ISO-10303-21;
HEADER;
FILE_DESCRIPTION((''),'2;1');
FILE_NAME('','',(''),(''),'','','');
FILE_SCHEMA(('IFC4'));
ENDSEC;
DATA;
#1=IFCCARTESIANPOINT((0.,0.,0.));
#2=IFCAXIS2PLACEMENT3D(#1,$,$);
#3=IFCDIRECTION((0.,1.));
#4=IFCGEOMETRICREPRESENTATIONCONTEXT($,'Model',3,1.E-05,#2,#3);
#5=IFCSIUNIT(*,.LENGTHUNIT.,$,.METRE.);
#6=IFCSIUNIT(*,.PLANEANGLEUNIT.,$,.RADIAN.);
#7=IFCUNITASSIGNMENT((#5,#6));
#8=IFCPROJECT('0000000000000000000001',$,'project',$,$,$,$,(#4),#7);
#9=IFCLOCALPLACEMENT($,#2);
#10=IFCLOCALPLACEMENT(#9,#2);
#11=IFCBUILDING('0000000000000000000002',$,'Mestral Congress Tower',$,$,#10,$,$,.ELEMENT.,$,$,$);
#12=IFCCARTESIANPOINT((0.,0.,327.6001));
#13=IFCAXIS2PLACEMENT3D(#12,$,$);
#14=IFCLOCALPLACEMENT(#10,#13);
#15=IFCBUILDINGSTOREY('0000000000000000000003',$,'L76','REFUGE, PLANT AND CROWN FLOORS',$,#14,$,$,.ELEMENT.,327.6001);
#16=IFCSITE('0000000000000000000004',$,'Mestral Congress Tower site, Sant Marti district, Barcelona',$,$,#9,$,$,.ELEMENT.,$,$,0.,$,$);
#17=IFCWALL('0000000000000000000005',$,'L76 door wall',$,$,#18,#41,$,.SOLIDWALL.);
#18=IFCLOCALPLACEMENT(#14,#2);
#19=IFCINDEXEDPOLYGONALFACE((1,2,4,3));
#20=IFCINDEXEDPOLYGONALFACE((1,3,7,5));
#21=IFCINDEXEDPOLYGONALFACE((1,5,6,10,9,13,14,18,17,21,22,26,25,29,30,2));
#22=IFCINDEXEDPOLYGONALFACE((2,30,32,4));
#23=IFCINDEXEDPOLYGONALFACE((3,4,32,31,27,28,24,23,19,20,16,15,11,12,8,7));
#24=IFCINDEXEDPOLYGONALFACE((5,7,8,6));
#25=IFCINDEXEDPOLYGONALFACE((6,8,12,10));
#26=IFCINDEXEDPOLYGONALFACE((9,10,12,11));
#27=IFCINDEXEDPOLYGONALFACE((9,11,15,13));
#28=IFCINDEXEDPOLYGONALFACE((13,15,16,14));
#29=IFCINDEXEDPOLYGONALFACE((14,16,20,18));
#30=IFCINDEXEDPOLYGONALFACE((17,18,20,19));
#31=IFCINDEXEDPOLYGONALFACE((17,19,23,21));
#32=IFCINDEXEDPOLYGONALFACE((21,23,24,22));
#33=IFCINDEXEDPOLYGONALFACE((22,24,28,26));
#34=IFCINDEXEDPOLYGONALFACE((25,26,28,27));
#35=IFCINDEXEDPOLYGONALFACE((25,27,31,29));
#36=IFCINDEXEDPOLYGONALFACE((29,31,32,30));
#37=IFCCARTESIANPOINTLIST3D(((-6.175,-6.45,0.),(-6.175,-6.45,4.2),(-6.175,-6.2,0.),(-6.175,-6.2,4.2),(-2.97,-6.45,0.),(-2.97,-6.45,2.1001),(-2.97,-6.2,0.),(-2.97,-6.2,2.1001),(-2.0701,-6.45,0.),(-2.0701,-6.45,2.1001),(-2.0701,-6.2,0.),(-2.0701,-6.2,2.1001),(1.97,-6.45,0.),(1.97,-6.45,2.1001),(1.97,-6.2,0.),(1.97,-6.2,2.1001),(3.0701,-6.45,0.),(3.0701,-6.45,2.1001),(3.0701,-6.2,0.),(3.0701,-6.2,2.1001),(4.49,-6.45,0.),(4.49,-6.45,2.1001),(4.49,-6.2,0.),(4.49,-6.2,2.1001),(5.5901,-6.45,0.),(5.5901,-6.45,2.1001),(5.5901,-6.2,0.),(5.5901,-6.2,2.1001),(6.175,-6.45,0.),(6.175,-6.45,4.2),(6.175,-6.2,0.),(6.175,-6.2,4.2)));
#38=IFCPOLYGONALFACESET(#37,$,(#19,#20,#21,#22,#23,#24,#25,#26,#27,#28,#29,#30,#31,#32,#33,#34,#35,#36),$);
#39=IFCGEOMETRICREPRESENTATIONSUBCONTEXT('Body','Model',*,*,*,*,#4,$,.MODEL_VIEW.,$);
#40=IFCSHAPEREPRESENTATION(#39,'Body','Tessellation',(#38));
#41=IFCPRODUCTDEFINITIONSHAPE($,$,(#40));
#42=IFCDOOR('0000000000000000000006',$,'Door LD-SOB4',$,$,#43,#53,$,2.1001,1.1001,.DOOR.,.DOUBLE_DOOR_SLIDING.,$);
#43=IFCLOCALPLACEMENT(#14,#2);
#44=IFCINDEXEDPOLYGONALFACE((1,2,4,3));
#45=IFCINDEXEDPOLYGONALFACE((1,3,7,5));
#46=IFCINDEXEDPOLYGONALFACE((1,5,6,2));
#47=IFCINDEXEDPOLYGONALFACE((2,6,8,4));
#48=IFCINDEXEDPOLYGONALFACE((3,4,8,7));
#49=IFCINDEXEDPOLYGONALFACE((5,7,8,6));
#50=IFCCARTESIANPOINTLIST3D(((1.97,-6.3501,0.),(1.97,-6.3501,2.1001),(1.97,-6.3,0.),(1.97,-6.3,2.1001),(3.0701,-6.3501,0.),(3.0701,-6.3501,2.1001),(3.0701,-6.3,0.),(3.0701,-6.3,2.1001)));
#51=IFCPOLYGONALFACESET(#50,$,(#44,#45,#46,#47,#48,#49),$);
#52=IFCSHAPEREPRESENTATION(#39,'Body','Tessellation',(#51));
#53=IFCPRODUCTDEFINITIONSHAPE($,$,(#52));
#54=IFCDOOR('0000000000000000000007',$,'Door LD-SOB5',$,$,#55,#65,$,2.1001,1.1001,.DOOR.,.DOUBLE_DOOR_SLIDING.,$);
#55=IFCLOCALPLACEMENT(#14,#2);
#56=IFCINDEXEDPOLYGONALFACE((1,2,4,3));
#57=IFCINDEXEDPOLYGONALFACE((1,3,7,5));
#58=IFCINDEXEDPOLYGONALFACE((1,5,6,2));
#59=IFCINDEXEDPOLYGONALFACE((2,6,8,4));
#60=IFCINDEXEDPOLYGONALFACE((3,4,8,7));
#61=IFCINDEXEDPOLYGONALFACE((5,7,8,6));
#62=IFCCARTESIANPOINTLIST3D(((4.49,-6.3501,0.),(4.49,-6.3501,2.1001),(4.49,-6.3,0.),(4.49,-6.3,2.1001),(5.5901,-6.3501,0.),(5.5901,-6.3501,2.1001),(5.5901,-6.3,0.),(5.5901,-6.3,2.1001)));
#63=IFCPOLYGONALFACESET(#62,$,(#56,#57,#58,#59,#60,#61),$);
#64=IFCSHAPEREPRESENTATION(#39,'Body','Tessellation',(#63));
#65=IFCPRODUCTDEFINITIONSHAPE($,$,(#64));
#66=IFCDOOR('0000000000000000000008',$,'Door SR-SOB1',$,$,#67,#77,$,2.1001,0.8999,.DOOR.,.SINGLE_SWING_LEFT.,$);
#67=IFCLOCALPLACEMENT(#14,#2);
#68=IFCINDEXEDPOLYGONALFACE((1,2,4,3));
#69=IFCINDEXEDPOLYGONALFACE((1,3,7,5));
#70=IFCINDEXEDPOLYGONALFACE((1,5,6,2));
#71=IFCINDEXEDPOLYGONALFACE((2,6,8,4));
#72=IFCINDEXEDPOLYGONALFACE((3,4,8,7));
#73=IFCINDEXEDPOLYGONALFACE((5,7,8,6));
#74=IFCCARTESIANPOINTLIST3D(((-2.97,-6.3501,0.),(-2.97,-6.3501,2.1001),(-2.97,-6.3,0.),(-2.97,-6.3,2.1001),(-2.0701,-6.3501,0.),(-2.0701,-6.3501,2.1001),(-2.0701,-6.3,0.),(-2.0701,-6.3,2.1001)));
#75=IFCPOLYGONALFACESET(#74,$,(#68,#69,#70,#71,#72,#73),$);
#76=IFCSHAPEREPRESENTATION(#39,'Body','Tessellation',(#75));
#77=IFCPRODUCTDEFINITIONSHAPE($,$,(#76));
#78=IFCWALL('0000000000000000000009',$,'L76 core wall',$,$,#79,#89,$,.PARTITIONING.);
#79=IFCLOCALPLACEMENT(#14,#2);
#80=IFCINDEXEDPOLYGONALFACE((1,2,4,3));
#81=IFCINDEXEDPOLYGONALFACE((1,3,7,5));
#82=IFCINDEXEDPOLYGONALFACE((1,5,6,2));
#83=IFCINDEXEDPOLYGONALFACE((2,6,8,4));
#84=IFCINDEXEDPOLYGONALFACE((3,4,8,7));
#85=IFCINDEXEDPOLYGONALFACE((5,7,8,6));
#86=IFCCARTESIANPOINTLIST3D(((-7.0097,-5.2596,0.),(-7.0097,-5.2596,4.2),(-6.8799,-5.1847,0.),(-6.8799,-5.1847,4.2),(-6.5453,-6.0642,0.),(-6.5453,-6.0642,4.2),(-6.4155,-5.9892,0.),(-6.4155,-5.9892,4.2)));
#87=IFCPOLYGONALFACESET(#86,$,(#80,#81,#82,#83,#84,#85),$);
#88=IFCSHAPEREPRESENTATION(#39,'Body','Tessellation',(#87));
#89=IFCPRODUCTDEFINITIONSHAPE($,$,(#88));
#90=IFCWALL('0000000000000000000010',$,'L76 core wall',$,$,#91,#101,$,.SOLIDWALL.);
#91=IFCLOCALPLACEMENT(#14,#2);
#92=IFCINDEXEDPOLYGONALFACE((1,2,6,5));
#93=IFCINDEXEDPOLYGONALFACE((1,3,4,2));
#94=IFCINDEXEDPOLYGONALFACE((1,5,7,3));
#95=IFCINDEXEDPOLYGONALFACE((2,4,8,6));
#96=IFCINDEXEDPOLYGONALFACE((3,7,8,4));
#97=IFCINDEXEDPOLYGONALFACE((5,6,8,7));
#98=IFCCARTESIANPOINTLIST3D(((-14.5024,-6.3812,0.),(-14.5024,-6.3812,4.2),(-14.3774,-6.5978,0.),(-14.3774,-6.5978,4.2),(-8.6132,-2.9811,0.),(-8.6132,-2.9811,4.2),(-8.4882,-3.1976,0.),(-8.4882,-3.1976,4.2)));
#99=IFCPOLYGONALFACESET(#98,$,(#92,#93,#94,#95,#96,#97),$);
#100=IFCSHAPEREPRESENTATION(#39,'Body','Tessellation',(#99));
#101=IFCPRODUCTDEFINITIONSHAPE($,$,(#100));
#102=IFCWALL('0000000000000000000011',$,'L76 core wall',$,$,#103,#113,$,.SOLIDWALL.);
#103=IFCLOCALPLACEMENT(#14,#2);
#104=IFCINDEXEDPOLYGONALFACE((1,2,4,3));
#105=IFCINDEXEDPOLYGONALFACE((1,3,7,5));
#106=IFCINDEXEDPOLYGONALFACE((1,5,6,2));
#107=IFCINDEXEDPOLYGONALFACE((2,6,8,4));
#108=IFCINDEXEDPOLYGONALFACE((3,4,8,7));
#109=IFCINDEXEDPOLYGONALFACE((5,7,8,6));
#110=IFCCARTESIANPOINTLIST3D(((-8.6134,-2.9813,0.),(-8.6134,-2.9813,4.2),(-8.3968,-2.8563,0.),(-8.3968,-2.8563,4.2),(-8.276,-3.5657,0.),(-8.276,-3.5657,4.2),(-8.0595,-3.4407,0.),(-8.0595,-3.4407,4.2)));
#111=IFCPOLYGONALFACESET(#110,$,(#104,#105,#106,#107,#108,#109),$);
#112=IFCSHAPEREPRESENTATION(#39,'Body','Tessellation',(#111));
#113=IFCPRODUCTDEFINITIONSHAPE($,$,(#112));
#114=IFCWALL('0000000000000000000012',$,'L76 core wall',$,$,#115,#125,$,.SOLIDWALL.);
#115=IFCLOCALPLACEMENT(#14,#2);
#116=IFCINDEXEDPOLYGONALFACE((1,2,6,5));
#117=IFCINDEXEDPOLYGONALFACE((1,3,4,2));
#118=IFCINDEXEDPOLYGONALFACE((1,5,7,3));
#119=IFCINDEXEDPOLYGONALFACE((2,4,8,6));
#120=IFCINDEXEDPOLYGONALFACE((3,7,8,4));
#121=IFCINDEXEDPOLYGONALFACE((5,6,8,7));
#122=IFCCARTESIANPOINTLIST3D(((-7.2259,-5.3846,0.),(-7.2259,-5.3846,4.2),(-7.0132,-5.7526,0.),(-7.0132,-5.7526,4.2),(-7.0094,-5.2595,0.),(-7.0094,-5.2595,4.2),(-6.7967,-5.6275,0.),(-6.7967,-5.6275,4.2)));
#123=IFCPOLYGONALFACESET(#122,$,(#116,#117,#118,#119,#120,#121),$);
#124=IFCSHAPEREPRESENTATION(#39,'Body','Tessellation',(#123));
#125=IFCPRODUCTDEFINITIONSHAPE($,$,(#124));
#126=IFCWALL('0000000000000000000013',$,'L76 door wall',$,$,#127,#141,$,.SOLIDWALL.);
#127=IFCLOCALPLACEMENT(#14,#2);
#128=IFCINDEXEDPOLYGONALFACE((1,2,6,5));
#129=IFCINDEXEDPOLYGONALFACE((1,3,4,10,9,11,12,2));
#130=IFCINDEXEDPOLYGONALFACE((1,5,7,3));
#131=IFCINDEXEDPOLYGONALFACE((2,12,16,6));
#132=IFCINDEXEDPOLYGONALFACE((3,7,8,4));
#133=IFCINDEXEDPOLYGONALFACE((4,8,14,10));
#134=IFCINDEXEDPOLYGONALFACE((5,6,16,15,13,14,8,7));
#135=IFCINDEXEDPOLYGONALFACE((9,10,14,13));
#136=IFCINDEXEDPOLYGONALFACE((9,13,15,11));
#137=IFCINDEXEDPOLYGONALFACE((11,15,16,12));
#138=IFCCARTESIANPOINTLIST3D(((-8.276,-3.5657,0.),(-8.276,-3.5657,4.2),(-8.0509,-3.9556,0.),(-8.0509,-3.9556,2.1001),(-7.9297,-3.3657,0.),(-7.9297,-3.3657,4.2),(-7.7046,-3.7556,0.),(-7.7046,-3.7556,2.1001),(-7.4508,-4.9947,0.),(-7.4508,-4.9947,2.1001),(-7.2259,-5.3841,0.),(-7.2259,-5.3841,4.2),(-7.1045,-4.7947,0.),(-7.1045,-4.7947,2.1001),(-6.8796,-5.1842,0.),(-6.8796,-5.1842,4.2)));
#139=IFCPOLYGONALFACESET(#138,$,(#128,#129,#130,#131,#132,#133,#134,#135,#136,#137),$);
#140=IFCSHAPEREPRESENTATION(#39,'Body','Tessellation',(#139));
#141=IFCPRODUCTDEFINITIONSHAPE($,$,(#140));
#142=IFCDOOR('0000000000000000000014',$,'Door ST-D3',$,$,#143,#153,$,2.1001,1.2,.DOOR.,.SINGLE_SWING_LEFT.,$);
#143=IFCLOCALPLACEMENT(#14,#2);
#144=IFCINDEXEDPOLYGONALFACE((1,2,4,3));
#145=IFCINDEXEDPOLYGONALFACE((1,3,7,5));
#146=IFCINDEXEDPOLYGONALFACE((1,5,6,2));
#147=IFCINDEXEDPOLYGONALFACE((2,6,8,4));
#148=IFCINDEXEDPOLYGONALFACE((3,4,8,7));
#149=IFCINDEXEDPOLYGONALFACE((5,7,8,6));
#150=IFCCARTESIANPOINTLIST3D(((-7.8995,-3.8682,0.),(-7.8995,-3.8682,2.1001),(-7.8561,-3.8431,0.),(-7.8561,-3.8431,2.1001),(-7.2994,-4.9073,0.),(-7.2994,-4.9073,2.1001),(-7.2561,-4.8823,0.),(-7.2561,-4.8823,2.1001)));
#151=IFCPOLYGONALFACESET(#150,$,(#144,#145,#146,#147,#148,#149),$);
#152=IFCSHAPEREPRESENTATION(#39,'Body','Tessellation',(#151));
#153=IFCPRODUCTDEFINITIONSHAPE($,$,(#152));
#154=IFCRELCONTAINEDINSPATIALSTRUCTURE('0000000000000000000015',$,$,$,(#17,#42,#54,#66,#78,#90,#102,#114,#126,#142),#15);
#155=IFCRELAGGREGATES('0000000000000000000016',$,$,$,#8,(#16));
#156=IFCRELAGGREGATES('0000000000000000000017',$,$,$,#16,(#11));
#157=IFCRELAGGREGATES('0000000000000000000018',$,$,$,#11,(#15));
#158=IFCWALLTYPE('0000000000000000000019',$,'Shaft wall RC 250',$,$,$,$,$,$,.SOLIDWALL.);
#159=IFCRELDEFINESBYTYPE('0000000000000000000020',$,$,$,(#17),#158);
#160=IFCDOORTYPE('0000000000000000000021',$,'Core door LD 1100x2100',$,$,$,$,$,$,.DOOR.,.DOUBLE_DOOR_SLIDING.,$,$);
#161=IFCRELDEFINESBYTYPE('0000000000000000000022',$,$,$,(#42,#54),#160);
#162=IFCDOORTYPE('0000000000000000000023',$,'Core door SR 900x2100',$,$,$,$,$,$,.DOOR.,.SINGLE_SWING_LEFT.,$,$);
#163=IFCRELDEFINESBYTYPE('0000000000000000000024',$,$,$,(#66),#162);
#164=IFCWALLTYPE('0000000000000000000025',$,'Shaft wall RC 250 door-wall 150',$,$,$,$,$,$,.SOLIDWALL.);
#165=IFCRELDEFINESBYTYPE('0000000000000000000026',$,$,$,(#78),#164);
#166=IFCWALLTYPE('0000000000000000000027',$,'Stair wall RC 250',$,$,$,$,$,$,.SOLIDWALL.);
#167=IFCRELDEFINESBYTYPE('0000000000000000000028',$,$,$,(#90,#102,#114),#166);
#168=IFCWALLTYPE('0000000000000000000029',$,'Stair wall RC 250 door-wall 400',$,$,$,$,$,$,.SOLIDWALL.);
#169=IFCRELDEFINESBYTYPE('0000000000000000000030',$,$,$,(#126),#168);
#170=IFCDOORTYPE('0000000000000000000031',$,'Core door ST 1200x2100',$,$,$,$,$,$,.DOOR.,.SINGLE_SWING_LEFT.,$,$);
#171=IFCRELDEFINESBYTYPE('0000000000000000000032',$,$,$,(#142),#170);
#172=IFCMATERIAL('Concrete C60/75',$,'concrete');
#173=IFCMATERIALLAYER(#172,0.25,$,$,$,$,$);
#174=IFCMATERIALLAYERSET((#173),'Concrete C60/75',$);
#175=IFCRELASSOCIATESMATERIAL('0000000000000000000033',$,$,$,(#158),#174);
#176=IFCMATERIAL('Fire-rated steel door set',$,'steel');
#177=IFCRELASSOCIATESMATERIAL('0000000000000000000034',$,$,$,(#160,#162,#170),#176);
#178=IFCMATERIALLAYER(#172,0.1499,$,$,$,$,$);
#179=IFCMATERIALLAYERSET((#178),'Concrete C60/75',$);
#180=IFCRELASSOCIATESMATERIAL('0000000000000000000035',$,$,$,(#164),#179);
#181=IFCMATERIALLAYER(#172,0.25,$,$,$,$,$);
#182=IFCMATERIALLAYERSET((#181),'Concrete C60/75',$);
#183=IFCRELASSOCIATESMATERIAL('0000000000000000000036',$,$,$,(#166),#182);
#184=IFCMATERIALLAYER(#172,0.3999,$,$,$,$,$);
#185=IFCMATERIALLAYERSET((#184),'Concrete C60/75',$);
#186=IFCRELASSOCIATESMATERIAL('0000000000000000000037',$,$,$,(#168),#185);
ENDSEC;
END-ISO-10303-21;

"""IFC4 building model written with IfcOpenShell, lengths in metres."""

from ifc_helpers import new_model, si_unit, direction, frame, frame_2d, origin, place, context, subcontext, project, spatial, rectangle, extrude, material, layer, layer_set, type_object, element, fill, save


model = new_model("IFC4")

# Units and contexts
model_context = context("Model", 3, precision=1e-05, world=origin(), true_north=direction((0.0, 1.0)))
body_context = subcontext(model_context, "Body", "Model", "MODEL_VIEW")
ifc_project = project(units=[si_unit("LENGTHUNIT", "METRE"), si_unit("PLANEANGLEUNIT", "RADIAN")], contexts=[model_context])

# Site, building, storey
site_placement = place(None, origin())
site = spatial("IfcSite", under=ifc_project, at=site_placement, Name="Mestral Congress Tower site, Sant Marti district, Barcelona", CompositionType="ELEMENT", RefElevation=0.0)
building_placement = place(site_placement, origin())
building = spatial("IfcBuilding", under=site, at=building_placement, Name="Mestral Congress Tower", CompositionType="ELEMENT")
storey_placement = place(building_placement, frame((0.0, 0.0, 327.6001)))
storey = spatial("IfcBuildingStorey", under=building, at=storey_placement, Name="L76", Description="REFUGE, PLANT AND CROWN FLOORS", CompositionType="ELEMENT", Elevation=327.6001)

# Shared definitions
ifc_material_1 = material(Name="Fire-rated steel door set", Category="steel")

# Shared definitions
ifc_material_2 = material(Name="Concrete C60/75", Category="concrete")

# Shared definitions
ifc_layer_1 = layer(ifc_material_2, 0.25)
ifc_layer_set_1 = layer_set([ifc_layer_1], Name="Concrete C60/75")
wall_type_1 = type_object("IfcWallType", Name="Shaft wall RC 250", PredefinedType="SOLIDWALL", material=ifc_layer_set_1)

# Wall, openings, doors
wall_1_placement = place(storey_placement, frame((-6.175, -6.325, 0.0), z_axis=(0.0, 0.0, 1.0), x_axis=(1.0, 0.0, 0.0)))
wall_1 = element("IfcWall", 1, at=wall_1_placement, inside=storey, type_object=wall_type_1, Name="L76 door wall", PredefinedType="SOLIDWALL", context=body_context, shape_type="SweptSolid", body=[
    extrude(rectangle(XDim=12.3501, YDim=0.25, at=frame_2d((6.175, 0.0))), origin(), (0.0, 0.0, 1.0), 4.2),
])
opening_1_placement = place(wall_1_placement, frame((3.2051, 0.0, 0.0)))
opening_1 = element("IfcOpeningElement", 2, at=opening_1_placement, cuts=wall_1, PredefinedType="OPENING", context=body_context, shape_type="SweptSolid", body=[
    extrude(rectangle(XDim=0.8999, YDim=2.1001, at=frame_2d((0.45, 1.05))), frame((0.0, 0.135, 0.0), z_axis=(0.0, -1.0, 0.0), x_axis=(1.0, 0.0, 0.0)), (0.0, 0.0, 1.0), 0.27),
])
opening_2_placement = place(wall_1_placement, frame((8.145, 0.0, 0.0)))
opening_2 = element("IfcOpeningElement", 3, at=opening_2_placement, cuts=wall_1, PredefinedType="OPENING", context=body_context, shape_type="SweptSolid", body=[
    extrude(rectangle(XDim=1.1001, YDim=2.1001, at=frame_2d((0.55, 1.05))), frame((0.0, 0.135, 0.0), z_axis=(0.0, -1.0, 0.0), x_axis=(1.0, 0.0, 0.0)), (0.0, 0.0, 1.0), 0.27),
])
opening_3_placement = place(wall_1_placement, frame((10.665, 0.0, 0.0)))
opening_3 = element("IfcOpeningElement", 4, at=opening_3_placement, cuts=wall_1, PredefinedType="OPENING", context=body_context, shape_type="SweptSolid", body=[
    extrude(rectangle(XDim=1.1001, YDim=2.1001, at=frame_2d((0.55, 1.05))), frame((0.0, 0.135, 0.0), z_axis=(0.0, -1.0, 0.0), x_axis=(1.0, 0.0, 0.0)), (0.0, 0.0, 1.0), 0.27),
])
door_type_1 = type_object("IfcDoorType", Name="Core door LD 1100x2100", OperationType="DOUBLE_DOOR_SLIDING", PredefinedType="DOOR", material=ifc_material_1)
door_1_placement = place(opening_2_placement, origin())
door_1 = element("IfcDoor", 5, at=door_1_placement, inside=storey, type_object=door_type_1, Name="Door LD-SOB4", OperationType="DOUBLE_DOOR_SLIDING", OverallHeight=2.1001, OverallWidth=1.1001, PredefinedType="DOOR", context=body_context, shape_type="SweptSolid", body=[
    extrude(rectangle(XDim=1.1001, YDim=2.1001, at=frame_2d((0.55, 1.05))), frame((0.0, 0.0249, 0.0), z_axis=(0.0, -1.0, 0.0), x_axis=(1.0, 0.0, 0.0)), (0.0, 0.0, 1.0), 0.05),
])
fill(opening_2, door_1)
door_2_placement = place(opening_3_placement, origin())
door_2 = element("IfcDoor", 6, at=door_2_placement, inside=storey, type_object=door_type_1, Name="Door LD-SOB5", OperationType="DOUBLE_DOOR_SLIDING", OverallHeight=2.1001, OverallWidth=1.1001, PredefinedType="DOOR", context=body_context, shape_type="SweptSolid", body=[
    extrude(rectangle(XDim=1.1001, YDim=2.1001, at=frame_2d((0.55, 1.05))), frame((0.0, 0.0249, 0.0), z_axis=(0.0, -1.0, 0.0), x_axis=(1.0, 0.0, 0.0)), (0.0, 0.0, 1.0), 0.05),
])
fill(opening_3, door_2)
door_type_2 = type_object("IfcDoorType", Name="Core door SR 900x2100", OperationType="SINGLE_SWING_LEFT", PredefinedType="DOOR", material=ifc_material_1)
door_3_placement = place(opening_1_placement, origin())
door_3 = element("IfcDoor", 7, at=door_3_placement, inside=storey, type_object=door_type_2, Name="Door SR-SOB1", OperationType="SINGLE_SWING_LEFT", OverallHeight=2.1001, OverallWidth=0.8999, PredefinedType="DOOR", context=body_context, shape_type="SweptSolid", body=[
    extrude(rectangle(XDim=0.8999, YDim=2.1001, at=frame_2d((0.45, 1.05))), frame((0.0, 0.0249, 0.0), z_axis=(0.0, -1.0, 0.0), x_axis=(1.0, 0.0, 0.0)), (0.0, 0.0, 1.0), 0.05),
])
fill(opening_1, door_3)

# Walls
ifc_layer_2 = layer(ifc_material_2, 0.1499)
ifc_layer_set_2 = layer_set([ifc_layer_2], Name="Concrete C60/75")
wall_type_2 = type_object("IfcWallType", Name="Shaft wall RC 250 door-wall 150", PredefinedType="SOLIDWALL", material=ifc_layer_set_2)
wall_2_placement = place(storey_placement, frame((-6.4805, -6.0266, 0.0), z_axis=(0.0, 0.0, 1.0), x_axis=(-0.499927, 0.866067, 0.0)))
element("IfcWall", 8, at=wall_2_placement, inside=storey, type_object=wall_type_2, Name="L76 core wall", PredefinedType="PARTITIONING", context=body_context, shape_type="SweptSolid", body=[
    extrude(rectangle(XDim=0.929, YDim=0.1499, at=frame_2d((0.4644, 0.0))), origin(), (0.0, 0.0, 1.0), 4.2),
])
ifc_layer_3 = layer(ifc_material_2, 0.25)
ifc_layer_set_3 = layer_set([ifc_layer_3], Name="Concrete C60/75")
wall_type_3 = type_object("IfcWallType", Name="Stair wall RC 250", PredefinedType="SOLIDWALL", material=ifc_layer_set_3)
wall_3_placement = place(storey_placement, frame((-14.4399, -6.4895, 0.0), z_axis=(0.0, 0.0, 1.0), x_axis=(0.866023, 0.500004, 0.0)))
element("IfcWall", 9, at=wall_3_placement, inside=storey, type_object=wall_type_3, Name="L76 core wall", PredefinedType="SOLIDWALL", context=body_context, shape_type="SweptSolid", body=[
    extrude(rectangle(XDim=6.8003, YDim=0.25, at=frame_2d((3.4001, 0.0))), origin(), (0.0, 0.0, 1.0), 4.2),
])
wall_4_placement = place(storey_placement, frame((-8.1677, -3.5032, 0.0), z_axis=(0.0, 0.0, 1.0), x_axis=(-0.499952, 0.866053, 0.0)))
element("IfcWall", 10, at=wall_4_placement, inside=storey, type_object=wall_type_3, Name="L76 core wall", PredefinedType="SOLIDWALL", context=body_context, shape_type="SweptSolid", body=[
    extrude(rectangle(XDim=0.6748, YDim=0.25, at=frame_2d((0.3374, 0.0))), origin(), (0.0, 0.0, 1.0), 4.2),
])
wall_5_placement = place(storey_placement, frame((-6.905, -5.6899, 0.0), z_axis=(0.0, 0.0, 1.0), x_axis=(-0.500402, 0.865793, 0.0)))
element("IfcWall", 11, at=wall_5_placement, inside=storey, type_object=wall_type_3, Name="L76 core wall", PredefinedType="SOLIDWALL", context=body_context, shape_type="SweptSolid", body=[
    extrude(rectangle(XDim=0.425, YDim=0.25, at=frame_2d((0.2124, 0.0))), origin(), (0.0, 0.0, 1.0), 4.2),
])

# Wall, opening, door
ifc_layer_4 = layer(ifc_material_2, 0.3999)
ifc_layer_set_4 = layer_set([ifc_layer_4], Name="Concrete C60/75")
wall_type_4 = type_object("IfcWallType", Name="Stair wall RC 250 door-wall 400", PredefinedType="SOLIDWALL", material=ifc_layer_set_4)
wall_6_placement = place(storey_placement, frame((-8.1028, -3.4658, 0.0), z_axis=(0.0, 0.0, 1.0), x_axis=(0.500078, -0.86598, 0.0)))
wall_6 = element("IfcWall", 12, at=wall_6_placement, inside=storey, type_object=wall_type_4, Name="L76 door wall", PredefinedType="SOLIDWALL", context=body_context, shape_type="SweptSolid", body=[
    extrude(rectangle(XDim=2.0999, YDim=0.3999, at=frame_2d((1.0498, 0.0))), origin(), (0.0, 0.0, 1.0), 4.2),
])
opening_4_placement = place(wall_6_placement, frame((0.45, 0.0, 0.0)))
opening_4 = element("IfcOpeningElement", 13, at=opening_4_placement, cuts=wall_6, PredefinedType="OPENING", context=body_context, shape_type="SweptSolid", body=[
    extrude(rectangle(XDim=1.2, YDim=2.1001, at=frame_2d((0.6001, 1.05))), frame((0.0, 0.21, 0.0), z_axis=(0.0, -1.0, 0.0), x_axis=(1.0, 0.0, 0.0)), (0.0, 0.0, 1.0), 0.4199),
])
door_type_3 = type_object("IfcDoorType", Name="Core door ST 1200x2100", OperationType="SINGLE_SWING_LEFT", PredefinedType="DOOR", material=ifc_material_1)
door_4_placement = place(opening_4_placement, origin())
door_4 = element("IfcDoor", 14, at=door_4_placement, inside=storey, type_object=door_type_3, Name="Door ST-D3", OperationType="SINGLE_SWING_LEFT", OverallHeight=2.1001, OverallWidth=1.2, PredefinedType="DOOR", context=body_context, shape_type="SweptSolid", body=[
    extrude(rectangle(XDim=1.2, YDim=2.1001, at=frame_2d((0.6001, 1.05))), frame((0.0, 0.0249, 0.0), z_axis=(0.0, -1.0, 0.0), x_axis=(1.0, 0.0, 0.0)), (0.0, 0.0, 1.0), 0.05),
])
fill(opening_4, door_4)

save(model, "model.ifc")
